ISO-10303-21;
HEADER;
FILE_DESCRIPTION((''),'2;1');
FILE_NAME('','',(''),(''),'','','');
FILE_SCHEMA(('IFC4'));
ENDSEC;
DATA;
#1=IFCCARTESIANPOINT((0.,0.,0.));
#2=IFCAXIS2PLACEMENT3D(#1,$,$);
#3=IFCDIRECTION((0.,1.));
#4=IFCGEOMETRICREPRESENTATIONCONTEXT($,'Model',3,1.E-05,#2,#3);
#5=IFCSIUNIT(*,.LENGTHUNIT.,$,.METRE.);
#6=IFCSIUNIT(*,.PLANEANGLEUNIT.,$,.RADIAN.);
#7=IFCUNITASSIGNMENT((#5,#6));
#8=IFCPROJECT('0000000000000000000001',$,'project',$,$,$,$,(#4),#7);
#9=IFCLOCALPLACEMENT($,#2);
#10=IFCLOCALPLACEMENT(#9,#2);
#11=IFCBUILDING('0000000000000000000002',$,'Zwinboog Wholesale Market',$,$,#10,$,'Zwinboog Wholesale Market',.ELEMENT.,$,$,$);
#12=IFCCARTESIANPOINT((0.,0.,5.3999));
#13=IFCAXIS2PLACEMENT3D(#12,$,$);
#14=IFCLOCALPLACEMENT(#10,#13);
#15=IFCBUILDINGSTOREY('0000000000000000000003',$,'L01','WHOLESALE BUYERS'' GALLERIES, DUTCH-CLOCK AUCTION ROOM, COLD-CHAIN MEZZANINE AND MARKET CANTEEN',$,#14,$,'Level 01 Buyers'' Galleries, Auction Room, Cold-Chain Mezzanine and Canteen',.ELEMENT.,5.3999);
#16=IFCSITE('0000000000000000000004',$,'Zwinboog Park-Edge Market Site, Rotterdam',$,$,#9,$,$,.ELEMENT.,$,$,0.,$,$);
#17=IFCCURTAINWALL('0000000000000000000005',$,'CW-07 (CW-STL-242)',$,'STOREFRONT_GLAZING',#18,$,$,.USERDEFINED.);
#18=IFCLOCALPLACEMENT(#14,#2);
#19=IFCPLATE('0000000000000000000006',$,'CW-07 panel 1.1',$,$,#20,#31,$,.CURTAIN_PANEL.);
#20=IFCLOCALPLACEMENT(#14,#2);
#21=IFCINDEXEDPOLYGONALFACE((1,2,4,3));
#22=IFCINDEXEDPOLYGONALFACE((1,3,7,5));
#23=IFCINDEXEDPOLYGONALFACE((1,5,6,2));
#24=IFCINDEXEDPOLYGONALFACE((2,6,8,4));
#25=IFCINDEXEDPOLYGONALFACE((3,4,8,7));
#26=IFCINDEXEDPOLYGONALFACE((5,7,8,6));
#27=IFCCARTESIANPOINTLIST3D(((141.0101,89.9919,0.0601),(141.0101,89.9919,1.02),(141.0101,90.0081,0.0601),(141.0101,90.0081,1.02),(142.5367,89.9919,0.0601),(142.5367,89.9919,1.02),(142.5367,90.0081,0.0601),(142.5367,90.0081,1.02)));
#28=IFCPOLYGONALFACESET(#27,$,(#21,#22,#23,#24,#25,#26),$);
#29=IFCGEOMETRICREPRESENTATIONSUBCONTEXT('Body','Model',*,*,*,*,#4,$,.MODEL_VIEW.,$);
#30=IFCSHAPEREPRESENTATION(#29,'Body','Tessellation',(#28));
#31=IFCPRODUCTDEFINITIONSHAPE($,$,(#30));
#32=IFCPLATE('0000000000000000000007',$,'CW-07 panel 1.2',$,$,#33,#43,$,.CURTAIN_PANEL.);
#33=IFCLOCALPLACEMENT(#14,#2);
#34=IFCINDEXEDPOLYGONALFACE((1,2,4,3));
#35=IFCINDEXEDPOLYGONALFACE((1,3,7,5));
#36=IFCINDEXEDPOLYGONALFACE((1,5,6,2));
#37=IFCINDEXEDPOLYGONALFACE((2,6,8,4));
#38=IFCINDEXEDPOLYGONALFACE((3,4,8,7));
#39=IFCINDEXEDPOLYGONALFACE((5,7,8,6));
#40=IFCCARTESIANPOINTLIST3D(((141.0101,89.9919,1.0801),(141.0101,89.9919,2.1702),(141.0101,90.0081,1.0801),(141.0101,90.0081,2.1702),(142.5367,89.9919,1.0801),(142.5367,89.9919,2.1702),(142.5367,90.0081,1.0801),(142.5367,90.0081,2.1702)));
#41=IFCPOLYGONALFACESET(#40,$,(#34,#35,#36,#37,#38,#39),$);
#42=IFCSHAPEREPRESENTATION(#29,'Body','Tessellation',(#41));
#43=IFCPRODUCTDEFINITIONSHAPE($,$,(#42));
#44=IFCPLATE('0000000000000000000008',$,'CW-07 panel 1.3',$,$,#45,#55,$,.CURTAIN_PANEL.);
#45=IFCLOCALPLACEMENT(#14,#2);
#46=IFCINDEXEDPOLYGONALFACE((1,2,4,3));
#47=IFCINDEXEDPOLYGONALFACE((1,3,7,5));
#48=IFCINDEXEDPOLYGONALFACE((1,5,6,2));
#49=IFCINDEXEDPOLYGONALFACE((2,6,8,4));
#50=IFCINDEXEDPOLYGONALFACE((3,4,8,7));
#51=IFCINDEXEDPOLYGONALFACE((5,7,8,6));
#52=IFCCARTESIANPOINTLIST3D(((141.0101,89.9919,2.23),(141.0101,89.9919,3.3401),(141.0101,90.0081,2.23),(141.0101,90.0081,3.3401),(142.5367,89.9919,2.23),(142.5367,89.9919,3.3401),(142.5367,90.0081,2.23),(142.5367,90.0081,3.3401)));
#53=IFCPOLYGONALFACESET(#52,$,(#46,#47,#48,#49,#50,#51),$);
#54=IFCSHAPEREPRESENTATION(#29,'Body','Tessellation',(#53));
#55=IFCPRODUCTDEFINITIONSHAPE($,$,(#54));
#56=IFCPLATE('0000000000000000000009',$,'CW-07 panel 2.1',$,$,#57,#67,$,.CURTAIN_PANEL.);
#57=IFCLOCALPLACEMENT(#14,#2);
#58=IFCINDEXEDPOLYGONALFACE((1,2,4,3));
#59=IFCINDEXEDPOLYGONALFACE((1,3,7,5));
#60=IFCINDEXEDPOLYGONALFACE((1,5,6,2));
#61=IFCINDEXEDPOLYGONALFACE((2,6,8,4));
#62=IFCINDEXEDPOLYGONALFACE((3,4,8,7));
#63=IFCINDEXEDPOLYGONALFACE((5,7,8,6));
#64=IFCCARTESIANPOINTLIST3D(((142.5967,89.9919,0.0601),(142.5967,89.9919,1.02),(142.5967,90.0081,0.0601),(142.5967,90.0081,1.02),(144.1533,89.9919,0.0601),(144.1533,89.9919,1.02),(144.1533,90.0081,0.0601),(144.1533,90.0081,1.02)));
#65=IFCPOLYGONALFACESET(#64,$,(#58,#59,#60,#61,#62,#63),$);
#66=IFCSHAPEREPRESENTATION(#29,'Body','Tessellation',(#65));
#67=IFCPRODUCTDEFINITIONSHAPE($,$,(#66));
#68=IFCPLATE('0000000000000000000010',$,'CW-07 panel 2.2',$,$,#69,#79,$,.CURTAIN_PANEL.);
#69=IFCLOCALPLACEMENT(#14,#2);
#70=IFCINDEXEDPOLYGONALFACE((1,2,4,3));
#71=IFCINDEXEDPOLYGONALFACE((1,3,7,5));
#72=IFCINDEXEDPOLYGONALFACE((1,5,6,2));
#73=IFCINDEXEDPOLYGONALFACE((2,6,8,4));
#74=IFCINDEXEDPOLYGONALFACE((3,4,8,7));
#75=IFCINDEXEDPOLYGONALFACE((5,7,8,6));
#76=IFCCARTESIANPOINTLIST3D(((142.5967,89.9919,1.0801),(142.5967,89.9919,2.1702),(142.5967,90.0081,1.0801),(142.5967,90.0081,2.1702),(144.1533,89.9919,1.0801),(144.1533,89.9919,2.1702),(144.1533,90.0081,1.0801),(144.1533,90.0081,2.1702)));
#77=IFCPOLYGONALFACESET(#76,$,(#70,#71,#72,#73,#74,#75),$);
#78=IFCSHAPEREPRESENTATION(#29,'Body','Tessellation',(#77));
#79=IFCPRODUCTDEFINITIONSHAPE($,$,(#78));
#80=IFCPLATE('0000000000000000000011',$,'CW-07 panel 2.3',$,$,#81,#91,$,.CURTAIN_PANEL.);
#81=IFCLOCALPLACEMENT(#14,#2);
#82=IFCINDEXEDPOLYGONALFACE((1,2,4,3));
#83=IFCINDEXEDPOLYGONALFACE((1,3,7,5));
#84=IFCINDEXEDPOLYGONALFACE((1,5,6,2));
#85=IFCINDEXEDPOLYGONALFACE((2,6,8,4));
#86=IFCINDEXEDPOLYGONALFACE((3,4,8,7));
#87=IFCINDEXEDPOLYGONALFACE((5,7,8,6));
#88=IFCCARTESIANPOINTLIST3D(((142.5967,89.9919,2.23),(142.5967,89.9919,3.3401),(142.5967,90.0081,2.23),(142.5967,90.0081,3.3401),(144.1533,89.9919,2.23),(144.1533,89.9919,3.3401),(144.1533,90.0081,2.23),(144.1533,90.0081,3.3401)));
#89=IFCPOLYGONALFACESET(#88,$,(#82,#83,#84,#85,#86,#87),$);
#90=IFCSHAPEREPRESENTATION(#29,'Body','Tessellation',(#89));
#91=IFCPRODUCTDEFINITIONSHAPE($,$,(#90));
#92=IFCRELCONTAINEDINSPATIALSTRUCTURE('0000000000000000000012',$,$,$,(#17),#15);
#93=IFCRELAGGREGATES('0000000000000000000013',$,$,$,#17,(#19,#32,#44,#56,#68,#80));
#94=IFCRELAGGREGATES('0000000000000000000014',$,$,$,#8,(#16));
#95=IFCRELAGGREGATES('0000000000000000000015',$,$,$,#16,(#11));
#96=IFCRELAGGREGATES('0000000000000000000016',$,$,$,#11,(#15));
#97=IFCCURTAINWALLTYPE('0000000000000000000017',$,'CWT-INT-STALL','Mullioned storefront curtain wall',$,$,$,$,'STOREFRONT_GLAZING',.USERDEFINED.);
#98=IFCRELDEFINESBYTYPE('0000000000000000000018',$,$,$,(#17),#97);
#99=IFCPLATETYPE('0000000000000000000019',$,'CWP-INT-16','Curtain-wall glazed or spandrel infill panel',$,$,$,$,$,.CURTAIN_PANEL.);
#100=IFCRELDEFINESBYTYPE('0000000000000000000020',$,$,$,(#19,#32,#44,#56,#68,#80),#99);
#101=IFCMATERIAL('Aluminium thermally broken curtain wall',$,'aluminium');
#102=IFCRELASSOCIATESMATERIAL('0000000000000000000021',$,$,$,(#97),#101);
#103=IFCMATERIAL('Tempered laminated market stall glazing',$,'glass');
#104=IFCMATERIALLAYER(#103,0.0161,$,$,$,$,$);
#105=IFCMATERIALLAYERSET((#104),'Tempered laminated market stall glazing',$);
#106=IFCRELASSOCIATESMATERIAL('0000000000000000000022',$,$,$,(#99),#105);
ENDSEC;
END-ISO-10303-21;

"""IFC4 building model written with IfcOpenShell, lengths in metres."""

from ifc_helpers import new_model, si_unit, direction, frame, origin, origin_2d, place, context, subcontext, project, spatial, rectangle, extrude, material, layer, layer_set, type_object, element, aggregate, save


model = new_model("IFC4")

# Units and contexts
model_context = context("Model", 3, precision=1e-05, world=origin(), true_north=direction((0.0, 1.0)))
body_context = subcontext(model_context, "Body", "Model", "MODEL_VIEW")
ifc_project = project(units=[si_unit("LENGTHUNIT", "METRE"), si_unit("PLANEANGLEUNIT", "RADIAN")], contexts=[model_context])

# Site, building, storey
site_placement = place(None, origin())
site = spatial("IfcSite", under=ifc_project, at=site_placement, Name="Zwinboog Park-Edge Market Site, Rotterdam", CompositionType="ELEMENT", RefElevation=0.0)
building_placement = place(site_placement, origin())
building = spatial("IfcBuilding", under=site, at=building_placement, Name="Zwinboog Wholesale Market", LongName="Zwinboog Wholesale Market", CompositionType="ELEMENT")
storey_placement = place(building_placement, frame((0.0, 0.0, 5.3999)))
storey = spatial("IfcBuildingStorey", under=building, at=storey_placement, Name="L01", Description="WHOLESALE BUYERS' GALLERIES, DUTCH-CLOCK AUCTION ROOM, COLD-CHAIN MEZZANINE AND MARKET CANTEEN", LongName="Level 01 Buyers' Galleries, Auction Room, Cold-Chain Mezzanine and Canteen", CompositionType="ELEMENT", Elevation=5.3999)

# Curtain wall, plates
ifc_material_1 = material(Name="Aluminium thermally broken curtain wall", Category="aluminium")
curtain_wall_type = type_object("IfcCurtainWallType", Name="CWT-INT-STALL", Description="Mullioned storefront curtain wall", ElementType="STOREFRONT_GLAZING", PredefinedType="USERDEFINED", material=ifc_material_1)
curtain_wall_placement = place(storey_placement, origin())
curtain_wall = element("IfcCurtainWall", 1, at=curtain_wall_placement, inside=storey, type_object=curtain_wall_type, Name="CW-07 (CW-STL-242)", ObjectType="STOREFRONT_GLAZING", PredefinedType="USERDEFINED")
ifc_material_2 = material(Name="Tempered laminated market stall glazing", Category="glass")
ifc_layer = layer(ifc_material_2, 0.0161)
ifc_layer_set = layer_set([ifc_layer], Name="Tempered laminated market stall glazing")
plate_type = type_object("IfcPlateType", Name="CWP-INT-16", Description="Curtain-wall glazed or spandrel infill panel", PredefinedType="CURTAIN_PANEL", material=ifc_layer_set)
plate_1_placement = place(storey_placement, frame((141.7734, 90.0, 0.0601), z_axis=(0.0, 0.0, 1.0), x_axis=(1.0, 0.0, 0.0)))
plate_1 = element("IfcPlate", 2, at=plate_1_placement, type_object=plate_type, Name="CW-07 panel 1.1", PredefinedType="CURTAIN_PANEL", context=body_context, shape_type="SweptSolid", body=[
    extrude(rectangle(XDim=1.5266, YDim=0.0161, at=origin_2d()), origin(), (0.0, 0.0, 1.0), 0.96),
])
plate_2_placement = place(storey_placement, frame((141.7734, 90.0, 1.0801), z_axis=(0.0, 0.0, 1.0), x_axis=(1.0, 0.0, 0.0)))
plate_2 = element("IfcPlate", 3, at=plate_2_placement, type_object=plate_type, Name="CW-07 panel 1.2", PredefinedType="CURTAIN_PANEL", context=body_context, shape_type="SweptSolid", body=[
    extrude(rectangle(XDim=1.5266, YDim=0.0161, at=origin_2d()), origin(), (0.0, 0.0, 1.0), 1.0901),
])
plate_3_placement = place(storey_placement, frame((141.7734, 90.0, 2.23), z_axis=(0.0, 0.0, 1.0), x_axis=(1.0, 0.0, 0.0)))
plate_3 = element("IfcPlate", 4, at=plate_3_placement, type_object=plate_type, Name="CW-07 panel 1.3", PredefinedType="CURTAIN_PANEL", context=body_context, shape_type="SweptSolid", body=[
    extrude(rectangle(XDim=1.5266, YDim=0.0161, at=origin_2d()), origin(), (0.0, 0.0, 1.0), 1.1101),
])
plate_4_placement = place(storey_placement, frame((143.375, 90.0, 0.0601), z_axis=(0.0, 0.0, 1.0), x_axis=(1.0, 0.0, 0.0)))
plate_4 = element("IfcPlate", 5, at=plate_4_placement, type_object=plate_type, Name="CW-07 panel 2.1", PredefinedType="CURTAIN_PANEL", context=body_context, shape_type="SweptSolid", body=[
    extrude(rectangle(XDim=1.5566, YDim=0.0161, at=origin_2d()), origin(), (0.0, 0.0, 1.0), 0.96),
])
plate_5_placement = place(storey_placement, frame((143.375, 90.0, 1.0801), z_axis=(0.0, 0.0, 1.0), x_axis=(1.0, 0.0, 0.0)))
plate_5 = element("IfcPlate", 6, at=plate_5_placement, type_object=plate_type, Name="CW-07 panel 2.2", PredefinedType="CURTAIN_PANEL", context=body_context, shape_type="SweptSolid", body=[
    extrude(rectangle(XDim=1.5566, YDim=0.0161, at=origin_2d()), origin(), (0.0, 0.0, 1.0), 1.0901),
])
plate_6_placement = place(storey_placement, frame((143.375, 90.0, 2.23), z_axis=(0.0, 0.0, 1.0), x_axis=(1.0, 0.0, 0.0)))
plate_6 = element("IfcPlate", 7, at=plate_6_placement, type_object=plate_type, Name="CW-07 panel 2.3", PredefinedType="CURTAIN_PANEL", context=body_context, shape_type="SweptSolid", body=[
    extrude(rectangle(XDim=1.5566, YDim=0.0161, at=origin_2d()), origin(), (0.0, 0.0, 1.0), 1.1101),
])
aggregate(curtain_wall, [plate_1, plate_2, plate_3, plate_4, plate_5, plate_6])

save(model, "model.ifc")
